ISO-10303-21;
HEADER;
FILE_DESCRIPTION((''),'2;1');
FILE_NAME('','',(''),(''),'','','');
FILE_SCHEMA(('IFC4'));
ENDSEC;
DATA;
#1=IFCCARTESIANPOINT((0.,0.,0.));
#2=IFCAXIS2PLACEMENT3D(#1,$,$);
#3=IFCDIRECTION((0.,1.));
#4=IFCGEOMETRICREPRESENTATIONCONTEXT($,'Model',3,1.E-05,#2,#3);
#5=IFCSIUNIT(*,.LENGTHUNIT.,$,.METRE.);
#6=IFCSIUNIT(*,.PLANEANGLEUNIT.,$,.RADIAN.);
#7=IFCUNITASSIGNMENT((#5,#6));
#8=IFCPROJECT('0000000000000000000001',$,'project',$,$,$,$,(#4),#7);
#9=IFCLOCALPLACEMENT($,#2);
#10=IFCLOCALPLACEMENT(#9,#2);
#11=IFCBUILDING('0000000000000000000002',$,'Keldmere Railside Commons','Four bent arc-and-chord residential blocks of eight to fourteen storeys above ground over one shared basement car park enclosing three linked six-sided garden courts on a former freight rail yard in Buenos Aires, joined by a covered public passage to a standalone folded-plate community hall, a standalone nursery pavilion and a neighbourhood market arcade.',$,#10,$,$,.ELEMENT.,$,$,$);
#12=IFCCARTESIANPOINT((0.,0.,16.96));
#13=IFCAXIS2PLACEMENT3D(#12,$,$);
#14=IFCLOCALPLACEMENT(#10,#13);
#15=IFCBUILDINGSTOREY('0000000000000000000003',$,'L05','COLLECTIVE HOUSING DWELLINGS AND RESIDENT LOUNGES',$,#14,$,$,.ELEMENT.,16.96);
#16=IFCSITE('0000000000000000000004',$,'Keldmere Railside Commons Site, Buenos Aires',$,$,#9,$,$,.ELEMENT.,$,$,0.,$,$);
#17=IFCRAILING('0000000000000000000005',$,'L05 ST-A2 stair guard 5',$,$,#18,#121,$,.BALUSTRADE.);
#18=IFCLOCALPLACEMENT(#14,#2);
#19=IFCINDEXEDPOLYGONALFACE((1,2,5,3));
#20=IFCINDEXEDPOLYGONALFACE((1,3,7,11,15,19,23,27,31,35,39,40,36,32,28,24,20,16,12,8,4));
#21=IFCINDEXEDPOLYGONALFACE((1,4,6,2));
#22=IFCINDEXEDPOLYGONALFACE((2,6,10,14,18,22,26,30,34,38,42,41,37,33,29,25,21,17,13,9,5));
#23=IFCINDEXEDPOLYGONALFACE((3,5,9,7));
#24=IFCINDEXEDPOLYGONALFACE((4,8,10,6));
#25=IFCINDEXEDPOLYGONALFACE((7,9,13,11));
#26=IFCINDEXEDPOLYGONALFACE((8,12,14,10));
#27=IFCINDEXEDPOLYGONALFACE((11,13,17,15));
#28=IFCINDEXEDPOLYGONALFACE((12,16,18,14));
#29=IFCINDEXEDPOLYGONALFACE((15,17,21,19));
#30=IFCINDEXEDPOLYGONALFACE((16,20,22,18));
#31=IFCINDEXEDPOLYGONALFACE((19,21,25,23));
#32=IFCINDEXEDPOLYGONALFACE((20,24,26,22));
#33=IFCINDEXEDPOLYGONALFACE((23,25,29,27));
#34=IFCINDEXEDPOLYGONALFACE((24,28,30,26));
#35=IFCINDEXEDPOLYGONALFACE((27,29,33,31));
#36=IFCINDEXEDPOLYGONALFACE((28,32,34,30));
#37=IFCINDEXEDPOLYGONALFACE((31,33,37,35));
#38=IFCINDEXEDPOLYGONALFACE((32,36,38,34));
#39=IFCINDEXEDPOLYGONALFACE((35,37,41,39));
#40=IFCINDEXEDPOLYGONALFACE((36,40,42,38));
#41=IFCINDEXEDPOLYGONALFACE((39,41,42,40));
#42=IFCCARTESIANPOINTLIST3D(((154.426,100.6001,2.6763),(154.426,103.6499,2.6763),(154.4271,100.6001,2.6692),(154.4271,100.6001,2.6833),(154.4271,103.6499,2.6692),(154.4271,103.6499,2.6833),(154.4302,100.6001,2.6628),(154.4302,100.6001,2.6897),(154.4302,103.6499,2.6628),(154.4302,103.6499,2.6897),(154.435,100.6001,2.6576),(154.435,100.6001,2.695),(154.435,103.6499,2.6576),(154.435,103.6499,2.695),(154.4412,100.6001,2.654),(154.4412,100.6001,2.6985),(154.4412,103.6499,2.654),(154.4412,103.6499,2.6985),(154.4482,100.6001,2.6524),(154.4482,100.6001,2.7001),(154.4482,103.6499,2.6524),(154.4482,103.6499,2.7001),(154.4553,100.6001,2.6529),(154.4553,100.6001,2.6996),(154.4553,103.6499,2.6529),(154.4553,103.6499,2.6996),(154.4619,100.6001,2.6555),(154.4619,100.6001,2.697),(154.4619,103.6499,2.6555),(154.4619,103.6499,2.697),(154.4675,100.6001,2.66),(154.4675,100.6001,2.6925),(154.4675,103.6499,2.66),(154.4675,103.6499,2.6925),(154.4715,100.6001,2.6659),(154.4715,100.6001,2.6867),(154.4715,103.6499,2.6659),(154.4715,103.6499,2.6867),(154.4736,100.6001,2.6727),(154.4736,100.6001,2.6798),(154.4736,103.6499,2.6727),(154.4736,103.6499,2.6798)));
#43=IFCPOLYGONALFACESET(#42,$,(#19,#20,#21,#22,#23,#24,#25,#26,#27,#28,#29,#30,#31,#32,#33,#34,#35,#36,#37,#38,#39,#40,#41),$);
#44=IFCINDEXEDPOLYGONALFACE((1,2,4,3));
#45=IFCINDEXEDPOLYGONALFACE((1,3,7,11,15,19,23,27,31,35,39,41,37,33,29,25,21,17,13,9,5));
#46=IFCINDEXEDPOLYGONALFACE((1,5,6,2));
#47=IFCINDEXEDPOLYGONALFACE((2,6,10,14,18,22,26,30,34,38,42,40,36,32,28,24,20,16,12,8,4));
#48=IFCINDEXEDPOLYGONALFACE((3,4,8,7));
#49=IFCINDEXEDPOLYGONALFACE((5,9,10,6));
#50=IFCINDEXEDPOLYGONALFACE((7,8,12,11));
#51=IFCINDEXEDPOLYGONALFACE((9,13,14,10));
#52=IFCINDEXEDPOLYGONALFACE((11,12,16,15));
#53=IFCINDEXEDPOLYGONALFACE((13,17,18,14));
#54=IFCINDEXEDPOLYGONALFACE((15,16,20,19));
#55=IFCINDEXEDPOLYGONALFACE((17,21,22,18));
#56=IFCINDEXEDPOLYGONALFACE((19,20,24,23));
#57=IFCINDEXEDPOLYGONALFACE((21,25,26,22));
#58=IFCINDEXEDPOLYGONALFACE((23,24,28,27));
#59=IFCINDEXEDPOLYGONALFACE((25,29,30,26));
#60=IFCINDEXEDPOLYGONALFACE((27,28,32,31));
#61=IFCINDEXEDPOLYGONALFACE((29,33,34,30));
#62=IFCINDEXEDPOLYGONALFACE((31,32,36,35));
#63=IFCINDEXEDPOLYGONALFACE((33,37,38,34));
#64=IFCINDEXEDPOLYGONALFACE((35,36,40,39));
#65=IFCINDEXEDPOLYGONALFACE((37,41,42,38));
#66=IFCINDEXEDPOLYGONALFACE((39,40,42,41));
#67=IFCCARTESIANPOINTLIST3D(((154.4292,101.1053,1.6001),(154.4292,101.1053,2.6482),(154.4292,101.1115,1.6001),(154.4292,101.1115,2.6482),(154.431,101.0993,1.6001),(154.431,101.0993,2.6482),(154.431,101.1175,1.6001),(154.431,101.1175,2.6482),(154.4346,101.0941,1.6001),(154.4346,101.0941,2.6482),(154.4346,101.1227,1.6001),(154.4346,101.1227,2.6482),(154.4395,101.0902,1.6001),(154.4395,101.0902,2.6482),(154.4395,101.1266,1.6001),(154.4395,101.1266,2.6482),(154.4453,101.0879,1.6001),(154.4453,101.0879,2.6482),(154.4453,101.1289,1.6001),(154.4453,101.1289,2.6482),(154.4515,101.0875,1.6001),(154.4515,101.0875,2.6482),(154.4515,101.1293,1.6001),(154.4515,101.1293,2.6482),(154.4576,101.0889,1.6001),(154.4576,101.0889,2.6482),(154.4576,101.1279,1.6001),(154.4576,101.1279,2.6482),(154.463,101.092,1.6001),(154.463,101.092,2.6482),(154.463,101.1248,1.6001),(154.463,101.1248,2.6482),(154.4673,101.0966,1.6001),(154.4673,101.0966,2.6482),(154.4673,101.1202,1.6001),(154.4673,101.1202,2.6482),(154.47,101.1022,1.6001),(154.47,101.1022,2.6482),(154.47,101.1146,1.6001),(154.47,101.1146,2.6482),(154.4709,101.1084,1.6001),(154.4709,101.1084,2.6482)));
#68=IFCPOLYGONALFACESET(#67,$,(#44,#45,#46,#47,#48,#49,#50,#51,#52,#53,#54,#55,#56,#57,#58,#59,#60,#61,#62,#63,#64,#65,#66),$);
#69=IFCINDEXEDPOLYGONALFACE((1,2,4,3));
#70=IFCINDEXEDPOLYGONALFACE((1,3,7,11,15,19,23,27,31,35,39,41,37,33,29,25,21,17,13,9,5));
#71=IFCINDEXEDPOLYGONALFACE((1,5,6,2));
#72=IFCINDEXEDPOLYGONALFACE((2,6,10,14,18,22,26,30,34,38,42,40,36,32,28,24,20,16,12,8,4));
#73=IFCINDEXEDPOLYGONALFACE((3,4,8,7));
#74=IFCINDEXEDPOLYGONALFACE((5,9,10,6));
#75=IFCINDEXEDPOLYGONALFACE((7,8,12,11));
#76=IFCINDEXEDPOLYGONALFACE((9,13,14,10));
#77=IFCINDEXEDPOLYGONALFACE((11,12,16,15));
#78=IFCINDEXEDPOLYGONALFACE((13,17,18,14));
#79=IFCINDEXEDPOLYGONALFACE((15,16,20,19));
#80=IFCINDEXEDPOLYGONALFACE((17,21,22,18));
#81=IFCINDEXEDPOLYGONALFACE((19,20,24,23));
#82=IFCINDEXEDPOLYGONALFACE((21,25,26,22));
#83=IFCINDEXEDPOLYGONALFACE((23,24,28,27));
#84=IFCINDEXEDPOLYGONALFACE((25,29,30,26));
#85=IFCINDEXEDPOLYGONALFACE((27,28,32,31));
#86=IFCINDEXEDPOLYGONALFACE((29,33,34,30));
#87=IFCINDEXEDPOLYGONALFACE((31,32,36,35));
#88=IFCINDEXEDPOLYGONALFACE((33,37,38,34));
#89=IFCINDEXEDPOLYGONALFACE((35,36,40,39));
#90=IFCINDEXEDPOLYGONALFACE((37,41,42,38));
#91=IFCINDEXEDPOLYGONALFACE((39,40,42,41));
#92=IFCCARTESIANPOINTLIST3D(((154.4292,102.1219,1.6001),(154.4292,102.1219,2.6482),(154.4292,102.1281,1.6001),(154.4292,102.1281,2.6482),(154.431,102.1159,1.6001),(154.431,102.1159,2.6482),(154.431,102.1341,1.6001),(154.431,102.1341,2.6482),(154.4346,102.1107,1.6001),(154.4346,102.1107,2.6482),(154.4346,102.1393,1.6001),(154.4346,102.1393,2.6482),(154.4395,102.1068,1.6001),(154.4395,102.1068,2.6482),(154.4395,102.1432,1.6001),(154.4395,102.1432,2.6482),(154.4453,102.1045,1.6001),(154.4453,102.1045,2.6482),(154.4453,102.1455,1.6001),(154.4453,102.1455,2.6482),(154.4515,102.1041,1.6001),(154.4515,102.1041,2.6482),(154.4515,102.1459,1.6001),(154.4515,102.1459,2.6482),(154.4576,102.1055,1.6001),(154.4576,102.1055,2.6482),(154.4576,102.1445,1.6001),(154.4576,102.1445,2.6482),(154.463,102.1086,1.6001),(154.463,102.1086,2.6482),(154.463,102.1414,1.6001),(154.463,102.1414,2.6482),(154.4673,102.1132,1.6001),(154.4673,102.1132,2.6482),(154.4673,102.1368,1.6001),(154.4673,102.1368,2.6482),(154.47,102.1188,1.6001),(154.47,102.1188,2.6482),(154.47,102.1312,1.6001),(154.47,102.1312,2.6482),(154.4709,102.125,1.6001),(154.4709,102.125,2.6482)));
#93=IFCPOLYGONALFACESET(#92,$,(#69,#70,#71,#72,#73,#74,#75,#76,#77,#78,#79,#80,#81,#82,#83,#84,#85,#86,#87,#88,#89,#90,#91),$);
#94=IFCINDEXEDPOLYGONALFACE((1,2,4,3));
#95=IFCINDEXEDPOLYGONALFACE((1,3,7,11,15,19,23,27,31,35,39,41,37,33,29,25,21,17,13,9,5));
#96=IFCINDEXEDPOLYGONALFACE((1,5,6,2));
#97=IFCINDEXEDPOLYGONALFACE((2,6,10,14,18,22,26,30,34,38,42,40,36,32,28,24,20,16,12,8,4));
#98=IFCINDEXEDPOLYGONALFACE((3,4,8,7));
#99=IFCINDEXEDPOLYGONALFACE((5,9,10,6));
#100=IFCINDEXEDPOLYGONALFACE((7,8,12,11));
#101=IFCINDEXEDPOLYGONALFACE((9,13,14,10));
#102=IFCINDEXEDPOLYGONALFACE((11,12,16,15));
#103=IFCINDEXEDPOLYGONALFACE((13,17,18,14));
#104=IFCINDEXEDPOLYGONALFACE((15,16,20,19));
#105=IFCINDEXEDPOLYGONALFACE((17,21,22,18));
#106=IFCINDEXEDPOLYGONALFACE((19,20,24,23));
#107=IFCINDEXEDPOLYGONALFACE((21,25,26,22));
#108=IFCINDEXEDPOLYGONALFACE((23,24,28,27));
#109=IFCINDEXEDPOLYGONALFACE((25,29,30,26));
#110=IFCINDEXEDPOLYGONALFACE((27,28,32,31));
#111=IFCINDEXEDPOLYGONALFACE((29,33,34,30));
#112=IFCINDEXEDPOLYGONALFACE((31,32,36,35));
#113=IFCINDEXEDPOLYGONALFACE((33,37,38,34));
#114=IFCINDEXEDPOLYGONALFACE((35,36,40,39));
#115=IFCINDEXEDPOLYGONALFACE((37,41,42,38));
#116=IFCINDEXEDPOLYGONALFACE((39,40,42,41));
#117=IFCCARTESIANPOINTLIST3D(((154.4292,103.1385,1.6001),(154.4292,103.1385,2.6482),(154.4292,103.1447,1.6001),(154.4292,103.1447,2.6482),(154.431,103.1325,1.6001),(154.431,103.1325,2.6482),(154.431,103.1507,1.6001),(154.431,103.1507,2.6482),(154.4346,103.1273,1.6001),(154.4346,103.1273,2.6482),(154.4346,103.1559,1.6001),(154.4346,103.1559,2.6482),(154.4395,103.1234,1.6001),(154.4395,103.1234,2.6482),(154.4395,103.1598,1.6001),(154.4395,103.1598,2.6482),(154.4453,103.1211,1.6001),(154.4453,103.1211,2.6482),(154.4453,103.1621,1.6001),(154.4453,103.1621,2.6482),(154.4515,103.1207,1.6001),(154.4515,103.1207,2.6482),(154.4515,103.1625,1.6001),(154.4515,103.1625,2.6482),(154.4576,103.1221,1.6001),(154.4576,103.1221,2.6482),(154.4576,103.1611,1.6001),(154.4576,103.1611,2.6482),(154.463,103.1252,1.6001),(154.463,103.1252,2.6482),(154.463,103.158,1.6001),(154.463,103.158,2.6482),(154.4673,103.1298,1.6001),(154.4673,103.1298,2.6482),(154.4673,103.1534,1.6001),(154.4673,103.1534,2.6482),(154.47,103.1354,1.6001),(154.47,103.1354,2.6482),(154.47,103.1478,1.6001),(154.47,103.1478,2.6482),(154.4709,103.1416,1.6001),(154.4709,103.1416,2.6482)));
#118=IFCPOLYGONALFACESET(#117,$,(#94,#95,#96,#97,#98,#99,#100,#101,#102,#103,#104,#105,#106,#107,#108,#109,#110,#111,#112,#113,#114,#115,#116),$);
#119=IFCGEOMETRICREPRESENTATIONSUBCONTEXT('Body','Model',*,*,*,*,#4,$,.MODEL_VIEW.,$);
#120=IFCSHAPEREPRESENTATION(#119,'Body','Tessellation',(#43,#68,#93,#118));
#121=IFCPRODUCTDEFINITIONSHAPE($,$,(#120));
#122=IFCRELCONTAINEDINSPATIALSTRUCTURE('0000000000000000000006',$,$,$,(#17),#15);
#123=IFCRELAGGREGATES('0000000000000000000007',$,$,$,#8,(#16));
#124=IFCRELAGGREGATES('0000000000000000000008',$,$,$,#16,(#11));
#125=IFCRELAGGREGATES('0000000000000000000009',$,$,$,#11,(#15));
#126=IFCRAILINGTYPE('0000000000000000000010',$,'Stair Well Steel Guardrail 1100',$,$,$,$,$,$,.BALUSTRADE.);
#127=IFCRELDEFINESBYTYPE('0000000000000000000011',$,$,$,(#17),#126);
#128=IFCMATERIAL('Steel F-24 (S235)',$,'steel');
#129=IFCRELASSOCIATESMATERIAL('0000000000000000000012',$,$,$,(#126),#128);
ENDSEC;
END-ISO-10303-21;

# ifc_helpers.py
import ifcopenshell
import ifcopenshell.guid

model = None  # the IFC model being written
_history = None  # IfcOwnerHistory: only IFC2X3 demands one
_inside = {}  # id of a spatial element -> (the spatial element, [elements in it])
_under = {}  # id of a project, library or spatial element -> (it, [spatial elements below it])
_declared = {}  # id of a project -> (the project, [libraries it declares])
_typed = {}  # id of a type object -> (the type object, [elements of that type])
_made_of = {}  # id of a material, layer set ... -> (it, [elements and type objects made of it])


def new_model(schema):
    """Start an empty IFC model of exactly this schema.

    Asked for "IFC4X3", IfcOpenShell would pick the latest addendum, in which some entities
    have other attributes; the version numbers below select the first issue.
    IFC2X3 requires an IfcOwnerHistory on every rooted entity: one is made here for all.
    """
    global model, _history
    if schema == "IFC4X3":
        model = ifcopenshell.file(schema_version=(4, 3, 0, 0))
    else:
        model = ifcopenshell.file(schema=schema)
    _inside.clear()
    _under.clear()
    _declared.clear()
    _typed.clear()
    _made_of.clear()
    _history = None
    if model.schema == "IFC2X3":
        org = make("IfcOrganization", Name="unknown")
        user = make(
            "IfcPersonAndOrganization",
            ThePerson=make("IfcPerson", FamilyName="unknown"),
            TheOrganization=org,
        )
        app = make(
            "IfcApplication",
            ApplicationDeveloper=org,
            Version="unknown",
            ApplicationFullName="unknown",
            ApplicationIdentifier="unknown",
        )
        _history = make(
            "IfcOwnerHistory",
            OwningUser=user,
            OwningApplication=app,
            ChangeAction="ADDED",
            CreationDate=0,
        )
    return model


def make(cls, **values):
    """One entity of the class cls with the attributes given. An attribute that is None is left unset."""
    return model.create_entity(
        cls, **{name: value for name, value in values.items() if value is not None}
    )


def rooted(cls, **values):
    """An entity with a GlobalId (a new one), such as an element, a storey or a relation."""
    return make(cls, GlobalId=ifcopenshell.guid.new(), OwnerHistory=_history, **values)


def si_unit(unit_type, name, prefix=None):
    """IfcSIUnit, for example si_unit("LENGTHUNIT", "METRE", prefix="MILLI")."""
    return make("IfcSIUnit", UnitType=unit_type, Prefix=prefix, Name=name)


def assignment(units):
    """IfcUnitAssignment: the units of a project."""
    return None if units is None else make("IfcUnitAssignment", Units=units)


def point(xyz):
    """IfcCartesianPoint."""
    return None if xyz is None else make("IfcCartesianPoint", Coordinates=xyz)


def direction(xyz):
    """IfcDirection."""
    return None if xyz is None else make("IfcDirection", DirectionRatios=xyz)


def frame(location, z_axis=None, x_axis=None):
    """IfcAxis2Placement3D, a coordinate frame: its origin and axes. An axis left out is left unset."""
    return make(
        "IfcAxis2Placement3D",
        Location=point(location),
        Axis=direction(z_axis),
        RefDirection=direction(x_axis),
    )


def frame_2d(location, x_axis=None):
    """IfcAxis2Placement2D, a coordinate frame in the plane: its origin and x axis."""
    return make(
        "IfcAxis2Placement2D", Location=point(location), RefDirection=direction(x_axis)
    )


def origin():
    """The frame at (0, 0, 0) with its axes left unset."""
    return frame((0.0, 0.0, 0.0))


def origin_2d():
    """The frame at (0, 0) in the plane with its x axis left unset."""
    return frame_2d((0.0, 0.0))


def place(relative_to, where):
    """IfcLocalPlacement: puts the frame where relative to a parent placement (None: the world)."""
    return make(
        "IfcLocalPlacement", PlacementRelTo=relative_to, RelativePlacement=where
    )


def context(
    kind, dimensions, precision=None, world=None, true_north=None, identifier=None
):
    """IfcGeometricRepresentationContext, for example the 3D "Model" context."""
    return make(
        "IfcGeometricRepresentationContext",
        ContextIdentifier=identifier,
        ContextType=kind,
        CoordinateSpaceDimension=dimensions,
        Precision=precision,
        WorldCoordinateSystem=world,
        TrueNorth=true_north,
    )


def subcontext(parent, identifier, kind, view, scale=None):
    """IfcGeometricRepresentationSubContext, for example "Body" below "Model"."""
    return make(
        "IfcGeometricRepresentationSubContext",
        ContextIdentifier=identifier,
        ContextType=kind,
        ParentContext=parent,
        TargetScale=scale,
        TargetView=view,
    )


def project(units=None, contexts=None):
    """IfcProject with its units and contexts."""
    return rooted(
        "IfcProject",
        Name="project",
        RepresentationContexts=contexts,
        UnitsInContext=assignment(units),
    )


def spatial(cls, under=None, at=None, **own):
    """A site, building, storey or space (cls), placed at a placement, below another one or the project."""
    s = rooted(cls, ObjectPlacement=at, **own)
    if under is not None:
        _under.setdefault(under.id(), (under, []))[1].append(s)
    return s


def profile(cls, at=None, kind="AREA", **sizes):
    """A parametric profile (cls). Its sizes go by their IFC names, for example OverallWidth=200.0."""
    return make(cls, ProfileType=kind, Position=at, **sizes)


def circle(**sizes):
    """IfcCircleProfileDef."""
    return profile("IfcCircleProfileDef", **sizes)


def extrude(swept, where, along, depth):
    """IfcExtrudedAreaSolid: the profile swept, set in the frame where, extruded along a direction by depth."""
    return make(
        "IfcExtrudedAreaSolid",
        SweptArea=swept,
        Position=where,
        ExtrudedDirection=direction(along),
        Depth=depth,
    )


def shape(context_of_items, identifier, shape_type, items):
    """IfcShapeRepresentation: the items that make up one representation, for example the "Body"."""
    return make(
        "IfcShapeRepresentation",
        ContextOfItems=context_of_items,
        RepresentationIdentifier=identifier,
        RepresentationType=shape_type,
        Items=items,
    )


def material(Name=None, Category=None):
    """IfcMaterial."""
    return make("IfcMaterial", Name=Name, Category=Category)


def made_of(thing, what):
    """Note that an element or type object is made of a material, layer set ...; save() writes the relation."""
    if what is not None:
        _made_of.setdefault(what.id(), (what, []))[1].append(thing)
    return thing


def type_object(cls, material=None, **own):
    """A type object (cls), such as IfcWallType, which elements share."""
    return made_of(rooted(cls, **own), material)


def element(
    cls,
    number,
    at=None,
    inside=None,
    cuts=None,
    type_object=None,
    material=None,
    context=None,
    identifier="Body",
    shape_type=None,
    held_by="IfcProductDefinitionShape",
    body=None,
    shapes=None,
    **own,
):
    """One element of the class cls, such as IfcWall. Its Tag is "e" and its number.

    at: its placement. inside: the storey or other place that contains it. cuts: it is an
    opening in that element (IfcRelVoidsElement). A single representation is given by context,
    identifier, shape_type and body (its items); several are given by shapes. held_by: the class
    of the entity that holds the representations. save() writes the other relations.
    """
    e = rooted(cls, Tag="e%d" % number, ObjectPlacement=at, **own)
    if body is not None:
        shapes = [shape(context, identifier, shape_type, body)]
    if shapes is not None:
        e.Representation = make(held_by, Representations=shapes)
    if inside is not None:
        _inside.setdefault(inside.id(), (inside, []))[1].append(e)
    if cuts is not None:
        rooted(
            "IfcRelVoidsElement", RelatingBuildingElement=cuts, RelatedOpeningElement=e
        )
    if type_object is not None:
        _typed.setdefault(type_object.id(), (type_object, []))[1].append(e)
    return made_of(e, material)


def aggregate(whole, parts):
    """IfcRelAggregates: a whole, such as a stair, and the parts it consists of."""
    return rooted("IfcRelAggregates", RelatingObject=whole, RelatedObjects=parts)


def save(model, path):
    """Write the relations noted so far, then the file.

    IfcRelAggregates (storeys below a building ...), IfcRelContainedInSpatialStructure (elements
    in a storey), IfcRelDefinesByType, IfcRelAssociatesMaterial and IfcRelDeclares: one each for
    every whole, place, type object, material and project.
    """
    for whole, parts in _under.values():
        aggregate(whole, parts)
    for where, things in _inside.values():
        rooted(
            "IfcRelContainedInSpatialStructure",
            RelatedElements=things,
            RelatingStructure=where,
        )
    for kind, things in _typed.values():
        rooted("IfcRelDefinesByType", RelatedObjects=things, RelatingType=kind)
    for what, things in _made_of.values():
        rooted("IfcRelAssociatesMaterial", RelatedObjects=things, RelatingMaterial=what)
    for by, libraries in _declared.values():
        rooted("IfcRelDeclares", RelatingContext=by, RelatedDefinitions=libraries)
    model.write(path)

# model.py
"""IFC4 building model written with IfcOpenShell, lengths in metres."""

from ifc_helpers import new_model, si_unit, direction, frame, origin, origin_2d, place, context, subcontext, project, spatial, circle, extrude, material, type_object, element, save


model = new_model("IFC4")

# Units and contexts
model_context = context("Model", 3, precision=1e-05, world=origin(), true_north=direction((0.0, 1.0)))
body_context = subcontext(model_context, "Body", "Model", "MODEL_VIEW")
ifc_project = project(units=[si_unit("LENGTHUNIT", "METRE"), si_unit("PLANEANGLEUNIT", "RADIAN")], contexts=[model_context])

# Site, building, storey
site_placement = place(None, origin())
site = spatial("IfcSite", under=ifc_project, at=site_placement, Name="Keldmere Railside Commons Site, Buenos Aires", CompositionType="ELEMENT", RefElevation=0.0)
building_placement = place(site_placement, origin())
building = spatial("IfcBuilding", under=site, at=building_placement, Name="Keldmere Railside Commons", Description="Four bent arc-and-chord residential blocks of eight to fourteen storeys above ground over one shared basement car park enclosing three linked six-sided garden courts on a former freight rail yard in Buenos Aires, joined by a covered public passage to a standalone folded-plate community hall, a standalone nursery pavilion and a neighbourhood market arcade.", CompositionType="ELEMENT")
storey_placement = place(building_placement, frame((0.0, 0.0, 16.96)))
storey = spatial("IfcBuildingStorey", under=building, at=storey_placement, Name="L05", Description="COLLECTIVE HOUSING DWELLINGS AND RESIDENT LOUNGES", CompositionType="ELEMENT", Elevation=16.96)

# Shared definitions
ifc_material_1 = material(Name="Steel F-24 (S235)", Category="steel")

# Railing
railing_type_1 = type_object("IfcRailingType", Name="Stair Well Steel Guardrail 1100", PredefinedType="BALUSTRADE", material=ifc_material_1)
railing_1_placement = place(storey_placement, frame((154.45, 100.6001, 1.6001)))
element("IfcRailing", 1, at=railing_1_placement, inside=storey, type_object=railing_type_1, Name="L05 ST-A2 stair guard 5", PredefinedType="BALUSTRADE", context=body_context, shape_type="SweptSolid", body=[
    extrude(circle(Radius=0.0239, at=origin_2d()), frame((0.0, 0.0, 1.0762), z_axis=(0.0, 1.0, 0.0), x_axis=(-1.0, 0.0, 0.0)), (0.0, 0.0, 1.0), 3.0498),
    extrude(circle(Radius=0.021, at=origin_2d()), frame((0.0, 0.5083, 0.0)), (0.0, 0.0, 1.0), 1.0481),
    extrude(circle(Radius=0.021, at=origin_2d()), frame((0.0, 1.5249, 0.0)), (0.0, 0.0, 1.0), 1.0481),
    extrude(circle(Radius=0.021, at=origin_2d()), frame((0.0, 2.5415, 0.0)), (0.0, 0.0, 1.0), 1.0481),
])

save(model, "model.ifc")
